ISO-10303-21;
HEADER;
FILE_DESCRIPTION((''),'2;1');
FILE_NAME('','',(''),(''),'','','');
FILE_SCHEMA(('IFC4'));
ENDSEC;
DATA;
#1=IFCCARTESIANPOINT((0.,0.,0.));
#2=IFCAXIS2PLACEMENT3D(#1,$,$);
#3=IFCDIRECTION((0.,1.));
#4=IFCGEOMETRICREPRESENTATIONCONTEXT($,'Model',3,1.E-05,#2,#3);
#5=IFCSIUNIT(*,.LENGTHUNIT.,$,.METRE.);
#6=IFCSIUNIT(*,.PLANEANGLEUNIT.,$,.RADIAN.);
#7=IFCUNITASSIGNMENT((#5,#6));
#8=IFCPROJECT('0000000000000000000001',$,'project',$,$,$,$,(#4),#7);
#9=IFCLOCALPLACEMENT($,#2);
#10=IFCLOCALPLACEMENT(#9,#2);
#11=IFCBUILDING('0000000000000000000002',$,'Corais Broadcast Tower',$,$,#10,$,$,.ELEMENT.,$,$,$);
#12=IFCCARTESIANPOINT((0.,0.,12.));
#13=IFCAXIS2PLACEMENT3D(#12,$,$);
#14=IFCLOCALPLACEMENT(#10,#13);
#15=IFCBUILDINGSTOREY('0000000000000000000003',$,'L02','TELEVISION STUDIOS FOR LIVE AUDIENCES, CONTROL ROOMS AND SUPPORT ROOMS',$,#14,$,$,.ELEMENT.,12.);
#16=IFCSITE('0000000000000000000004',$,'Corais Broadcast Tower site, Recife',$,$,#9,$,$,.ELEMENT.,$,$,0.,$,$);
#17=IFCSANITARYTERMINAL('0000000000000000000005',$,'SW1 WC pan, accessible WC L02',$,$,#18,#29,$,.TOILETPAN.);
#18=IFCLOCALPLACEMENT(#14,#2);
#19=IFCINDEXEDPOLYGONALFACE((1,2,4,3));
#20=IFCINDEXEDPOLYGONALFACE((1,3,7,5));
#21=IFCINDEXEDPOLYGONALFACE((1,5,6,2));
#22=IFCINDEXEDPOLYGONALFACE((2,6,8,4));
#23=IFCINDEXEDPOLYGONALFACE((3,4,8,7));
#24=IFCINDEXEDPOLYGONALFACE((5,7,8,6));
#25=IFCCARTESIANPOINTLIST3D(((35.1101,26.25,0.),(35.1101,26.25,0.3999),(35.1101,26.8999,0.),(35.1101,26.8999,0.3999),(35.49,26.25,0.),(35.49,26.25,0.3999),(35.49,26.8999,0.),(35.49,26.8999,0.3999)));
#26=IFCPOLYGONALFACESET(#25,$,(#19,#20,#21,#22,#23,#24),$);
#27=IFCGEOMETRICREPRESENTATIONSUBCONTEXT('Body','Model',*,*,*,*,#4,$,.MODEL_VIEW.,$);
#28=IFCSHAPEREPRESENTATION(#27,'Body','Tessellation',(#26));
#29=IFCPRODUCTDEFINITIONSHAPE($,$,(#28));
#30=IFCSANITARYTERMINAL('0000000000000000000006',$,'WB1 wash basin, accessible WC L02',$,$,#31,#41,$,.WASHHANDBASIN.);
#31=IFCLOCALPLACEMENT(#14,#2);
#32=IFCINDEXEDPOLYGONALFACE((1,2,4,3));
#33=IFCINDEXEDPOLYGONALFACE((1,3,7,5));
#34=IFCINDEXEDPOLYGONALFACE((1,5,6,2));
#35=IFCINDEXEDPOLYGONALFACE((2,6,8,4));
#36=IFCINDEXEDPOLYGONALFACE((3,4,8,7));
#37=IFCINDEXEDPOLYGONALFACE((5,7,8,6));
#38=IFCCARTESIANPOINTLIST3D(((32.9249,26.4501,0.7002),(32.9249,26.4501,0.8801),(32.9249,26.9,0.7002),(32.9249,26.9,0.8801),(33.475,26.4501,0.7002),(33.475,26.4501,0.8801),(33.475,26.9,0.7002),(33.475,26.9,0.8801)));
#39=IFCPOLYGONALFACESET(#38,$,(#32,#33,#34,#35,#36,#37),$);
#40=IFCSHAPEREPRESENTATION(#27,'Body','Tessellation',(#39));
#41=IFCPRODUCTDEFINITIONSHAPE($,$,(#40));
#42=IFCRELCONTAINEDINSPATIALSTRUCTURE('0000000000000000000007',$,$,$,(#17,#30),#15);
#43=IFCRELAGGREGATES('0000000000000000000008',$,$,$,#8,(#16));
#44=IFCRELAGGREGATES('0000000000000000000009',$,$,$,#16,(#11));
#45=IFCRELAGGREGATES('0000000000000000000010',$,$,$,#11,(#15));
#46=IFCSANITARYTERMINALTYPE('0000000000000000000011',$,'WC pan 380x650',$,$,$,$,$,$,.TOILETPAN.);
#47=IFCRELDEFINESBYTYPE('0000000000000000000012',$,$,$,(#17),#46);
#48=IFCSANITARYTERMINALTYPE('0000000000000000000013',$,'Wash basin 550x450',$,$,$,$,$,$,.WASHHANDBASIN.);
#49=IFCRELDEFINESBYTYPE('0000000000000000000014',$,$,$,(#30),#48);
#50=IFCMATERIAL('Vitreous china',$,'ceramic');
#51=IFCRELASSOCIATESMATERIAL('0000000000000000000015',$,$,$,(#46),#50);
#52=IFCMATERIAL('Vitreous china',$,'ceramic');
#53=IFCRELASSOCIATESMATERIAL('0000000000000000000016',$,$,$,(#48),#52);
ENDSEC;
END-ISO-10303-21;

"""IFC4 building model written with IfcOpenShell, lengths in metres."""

from ifc_helpers import new_model, si_unit, direction, frame, origin, origin_2d, place, context, subcontext, project, spatial, rectangle, extrude, material, type_object, element, save


model = new_model("IFC4")

# Units and contexts
model_context = context("Model", 3, precision=1e-05, world=origin(), true_north=direction((0.0, 1.0)))
body_context = subcontext(model_context, "Body", "Model", "MODEL_VIEW")
ifc_project = project(units=[si_unit("LENGTHUNIT", "METRE"), si_unit("PLANEANGLEUNIT", "RADIAN")], contexts=[model_context])

# Site, building, storey
site_placement = place(None, origin())
site = spatial("IfcSite", under=ifc_project, at=site_placement, Name="Corais Broadcast Tower site, Recife", CompositionType="ELEMENT", RefElevation=0.0)
building_placement = place(site_placement, origin())
building = spatial("IfcBuilding", under=site, at=building_placement, Name="Corais Broadcast Tower", CompositionType="ELEMENT")
storey_placement = place(building_placement, frame((0.0, 0.0, 12.0)))
storey = spatial("IfcBuildingStorey", under=building, at=storey_placement, Name="L02", Description="TELEVISION STUDIOS FOR LIVE AUDIENCES, CONTROL ROOMS AND SUPPORT ROOMS", CompositionType="ELEMENT", Elevation=12.0)

# Sanitary terminals
ifc_material_1 = material(Name="Vitreous china", Category="ceramic")
sanitary_terminal_type_1 = type_object("IfcSanitaryTerminalType", Name="WC pan 380x650", PredefinedType="TOILETPAN", material=ifc_material_1)
sanitary_terminal_1_placement = place(storey_placement, frame((35.3, 26.575, 0.0), z_axis=(0.0, 0.0, 1.0), x_axis=(1.0, 0.0, 0.0)))
element("IfcSanitaryTerminal", 1, at=sanitary_terminal_1_placement, inside=storey, type_object=sanitary_terminal_type_1, Name="SW1 WC pan, accessible WC L02", PredefinedType="TOILETPAN", context=body_context, shape_type="SweptSolid", body=[
    extrude(rectangle(XDim=0.3799, YDim=0.6499, at=origin_2d()), origin(), (0.0, 0.0, 1.0), 0.3999),
])
ifc_material_2 = material(Name="Vitreous china", Category="ceramic")
sanitary_terminal_type_2 = type_object("IfcSanitaryTerminalType", Name="Wash basin 550x450", PredefinedType="WASHHANDBASIN", material=ifc_material_2)
sanitary_terminal_2_placement = place(storey_placement, frame((33.2, 26.675, 0.7002), z_axis=(0.0, 0.0, 1.0), x_axis=(1.0, 0.0, 0.0)))
element("IfcSanitaryTerminal", 2, at=sanitary_terminal_2_placement, inside=storey, type_object=sanitary_terminal_type_2, Name="WB1 wash basin, accessible WC L02", PredefinedType="WASHHANDBASIN", context=body_context, shape_type="SweptSolid", body=[
    extrude(rectangle(XDim=0.55, YDim=0.45, at=origin_2d()), origin(), (0.0, 0.0, 1.0), 0.1799),
])

save(model, "model.ifc")
